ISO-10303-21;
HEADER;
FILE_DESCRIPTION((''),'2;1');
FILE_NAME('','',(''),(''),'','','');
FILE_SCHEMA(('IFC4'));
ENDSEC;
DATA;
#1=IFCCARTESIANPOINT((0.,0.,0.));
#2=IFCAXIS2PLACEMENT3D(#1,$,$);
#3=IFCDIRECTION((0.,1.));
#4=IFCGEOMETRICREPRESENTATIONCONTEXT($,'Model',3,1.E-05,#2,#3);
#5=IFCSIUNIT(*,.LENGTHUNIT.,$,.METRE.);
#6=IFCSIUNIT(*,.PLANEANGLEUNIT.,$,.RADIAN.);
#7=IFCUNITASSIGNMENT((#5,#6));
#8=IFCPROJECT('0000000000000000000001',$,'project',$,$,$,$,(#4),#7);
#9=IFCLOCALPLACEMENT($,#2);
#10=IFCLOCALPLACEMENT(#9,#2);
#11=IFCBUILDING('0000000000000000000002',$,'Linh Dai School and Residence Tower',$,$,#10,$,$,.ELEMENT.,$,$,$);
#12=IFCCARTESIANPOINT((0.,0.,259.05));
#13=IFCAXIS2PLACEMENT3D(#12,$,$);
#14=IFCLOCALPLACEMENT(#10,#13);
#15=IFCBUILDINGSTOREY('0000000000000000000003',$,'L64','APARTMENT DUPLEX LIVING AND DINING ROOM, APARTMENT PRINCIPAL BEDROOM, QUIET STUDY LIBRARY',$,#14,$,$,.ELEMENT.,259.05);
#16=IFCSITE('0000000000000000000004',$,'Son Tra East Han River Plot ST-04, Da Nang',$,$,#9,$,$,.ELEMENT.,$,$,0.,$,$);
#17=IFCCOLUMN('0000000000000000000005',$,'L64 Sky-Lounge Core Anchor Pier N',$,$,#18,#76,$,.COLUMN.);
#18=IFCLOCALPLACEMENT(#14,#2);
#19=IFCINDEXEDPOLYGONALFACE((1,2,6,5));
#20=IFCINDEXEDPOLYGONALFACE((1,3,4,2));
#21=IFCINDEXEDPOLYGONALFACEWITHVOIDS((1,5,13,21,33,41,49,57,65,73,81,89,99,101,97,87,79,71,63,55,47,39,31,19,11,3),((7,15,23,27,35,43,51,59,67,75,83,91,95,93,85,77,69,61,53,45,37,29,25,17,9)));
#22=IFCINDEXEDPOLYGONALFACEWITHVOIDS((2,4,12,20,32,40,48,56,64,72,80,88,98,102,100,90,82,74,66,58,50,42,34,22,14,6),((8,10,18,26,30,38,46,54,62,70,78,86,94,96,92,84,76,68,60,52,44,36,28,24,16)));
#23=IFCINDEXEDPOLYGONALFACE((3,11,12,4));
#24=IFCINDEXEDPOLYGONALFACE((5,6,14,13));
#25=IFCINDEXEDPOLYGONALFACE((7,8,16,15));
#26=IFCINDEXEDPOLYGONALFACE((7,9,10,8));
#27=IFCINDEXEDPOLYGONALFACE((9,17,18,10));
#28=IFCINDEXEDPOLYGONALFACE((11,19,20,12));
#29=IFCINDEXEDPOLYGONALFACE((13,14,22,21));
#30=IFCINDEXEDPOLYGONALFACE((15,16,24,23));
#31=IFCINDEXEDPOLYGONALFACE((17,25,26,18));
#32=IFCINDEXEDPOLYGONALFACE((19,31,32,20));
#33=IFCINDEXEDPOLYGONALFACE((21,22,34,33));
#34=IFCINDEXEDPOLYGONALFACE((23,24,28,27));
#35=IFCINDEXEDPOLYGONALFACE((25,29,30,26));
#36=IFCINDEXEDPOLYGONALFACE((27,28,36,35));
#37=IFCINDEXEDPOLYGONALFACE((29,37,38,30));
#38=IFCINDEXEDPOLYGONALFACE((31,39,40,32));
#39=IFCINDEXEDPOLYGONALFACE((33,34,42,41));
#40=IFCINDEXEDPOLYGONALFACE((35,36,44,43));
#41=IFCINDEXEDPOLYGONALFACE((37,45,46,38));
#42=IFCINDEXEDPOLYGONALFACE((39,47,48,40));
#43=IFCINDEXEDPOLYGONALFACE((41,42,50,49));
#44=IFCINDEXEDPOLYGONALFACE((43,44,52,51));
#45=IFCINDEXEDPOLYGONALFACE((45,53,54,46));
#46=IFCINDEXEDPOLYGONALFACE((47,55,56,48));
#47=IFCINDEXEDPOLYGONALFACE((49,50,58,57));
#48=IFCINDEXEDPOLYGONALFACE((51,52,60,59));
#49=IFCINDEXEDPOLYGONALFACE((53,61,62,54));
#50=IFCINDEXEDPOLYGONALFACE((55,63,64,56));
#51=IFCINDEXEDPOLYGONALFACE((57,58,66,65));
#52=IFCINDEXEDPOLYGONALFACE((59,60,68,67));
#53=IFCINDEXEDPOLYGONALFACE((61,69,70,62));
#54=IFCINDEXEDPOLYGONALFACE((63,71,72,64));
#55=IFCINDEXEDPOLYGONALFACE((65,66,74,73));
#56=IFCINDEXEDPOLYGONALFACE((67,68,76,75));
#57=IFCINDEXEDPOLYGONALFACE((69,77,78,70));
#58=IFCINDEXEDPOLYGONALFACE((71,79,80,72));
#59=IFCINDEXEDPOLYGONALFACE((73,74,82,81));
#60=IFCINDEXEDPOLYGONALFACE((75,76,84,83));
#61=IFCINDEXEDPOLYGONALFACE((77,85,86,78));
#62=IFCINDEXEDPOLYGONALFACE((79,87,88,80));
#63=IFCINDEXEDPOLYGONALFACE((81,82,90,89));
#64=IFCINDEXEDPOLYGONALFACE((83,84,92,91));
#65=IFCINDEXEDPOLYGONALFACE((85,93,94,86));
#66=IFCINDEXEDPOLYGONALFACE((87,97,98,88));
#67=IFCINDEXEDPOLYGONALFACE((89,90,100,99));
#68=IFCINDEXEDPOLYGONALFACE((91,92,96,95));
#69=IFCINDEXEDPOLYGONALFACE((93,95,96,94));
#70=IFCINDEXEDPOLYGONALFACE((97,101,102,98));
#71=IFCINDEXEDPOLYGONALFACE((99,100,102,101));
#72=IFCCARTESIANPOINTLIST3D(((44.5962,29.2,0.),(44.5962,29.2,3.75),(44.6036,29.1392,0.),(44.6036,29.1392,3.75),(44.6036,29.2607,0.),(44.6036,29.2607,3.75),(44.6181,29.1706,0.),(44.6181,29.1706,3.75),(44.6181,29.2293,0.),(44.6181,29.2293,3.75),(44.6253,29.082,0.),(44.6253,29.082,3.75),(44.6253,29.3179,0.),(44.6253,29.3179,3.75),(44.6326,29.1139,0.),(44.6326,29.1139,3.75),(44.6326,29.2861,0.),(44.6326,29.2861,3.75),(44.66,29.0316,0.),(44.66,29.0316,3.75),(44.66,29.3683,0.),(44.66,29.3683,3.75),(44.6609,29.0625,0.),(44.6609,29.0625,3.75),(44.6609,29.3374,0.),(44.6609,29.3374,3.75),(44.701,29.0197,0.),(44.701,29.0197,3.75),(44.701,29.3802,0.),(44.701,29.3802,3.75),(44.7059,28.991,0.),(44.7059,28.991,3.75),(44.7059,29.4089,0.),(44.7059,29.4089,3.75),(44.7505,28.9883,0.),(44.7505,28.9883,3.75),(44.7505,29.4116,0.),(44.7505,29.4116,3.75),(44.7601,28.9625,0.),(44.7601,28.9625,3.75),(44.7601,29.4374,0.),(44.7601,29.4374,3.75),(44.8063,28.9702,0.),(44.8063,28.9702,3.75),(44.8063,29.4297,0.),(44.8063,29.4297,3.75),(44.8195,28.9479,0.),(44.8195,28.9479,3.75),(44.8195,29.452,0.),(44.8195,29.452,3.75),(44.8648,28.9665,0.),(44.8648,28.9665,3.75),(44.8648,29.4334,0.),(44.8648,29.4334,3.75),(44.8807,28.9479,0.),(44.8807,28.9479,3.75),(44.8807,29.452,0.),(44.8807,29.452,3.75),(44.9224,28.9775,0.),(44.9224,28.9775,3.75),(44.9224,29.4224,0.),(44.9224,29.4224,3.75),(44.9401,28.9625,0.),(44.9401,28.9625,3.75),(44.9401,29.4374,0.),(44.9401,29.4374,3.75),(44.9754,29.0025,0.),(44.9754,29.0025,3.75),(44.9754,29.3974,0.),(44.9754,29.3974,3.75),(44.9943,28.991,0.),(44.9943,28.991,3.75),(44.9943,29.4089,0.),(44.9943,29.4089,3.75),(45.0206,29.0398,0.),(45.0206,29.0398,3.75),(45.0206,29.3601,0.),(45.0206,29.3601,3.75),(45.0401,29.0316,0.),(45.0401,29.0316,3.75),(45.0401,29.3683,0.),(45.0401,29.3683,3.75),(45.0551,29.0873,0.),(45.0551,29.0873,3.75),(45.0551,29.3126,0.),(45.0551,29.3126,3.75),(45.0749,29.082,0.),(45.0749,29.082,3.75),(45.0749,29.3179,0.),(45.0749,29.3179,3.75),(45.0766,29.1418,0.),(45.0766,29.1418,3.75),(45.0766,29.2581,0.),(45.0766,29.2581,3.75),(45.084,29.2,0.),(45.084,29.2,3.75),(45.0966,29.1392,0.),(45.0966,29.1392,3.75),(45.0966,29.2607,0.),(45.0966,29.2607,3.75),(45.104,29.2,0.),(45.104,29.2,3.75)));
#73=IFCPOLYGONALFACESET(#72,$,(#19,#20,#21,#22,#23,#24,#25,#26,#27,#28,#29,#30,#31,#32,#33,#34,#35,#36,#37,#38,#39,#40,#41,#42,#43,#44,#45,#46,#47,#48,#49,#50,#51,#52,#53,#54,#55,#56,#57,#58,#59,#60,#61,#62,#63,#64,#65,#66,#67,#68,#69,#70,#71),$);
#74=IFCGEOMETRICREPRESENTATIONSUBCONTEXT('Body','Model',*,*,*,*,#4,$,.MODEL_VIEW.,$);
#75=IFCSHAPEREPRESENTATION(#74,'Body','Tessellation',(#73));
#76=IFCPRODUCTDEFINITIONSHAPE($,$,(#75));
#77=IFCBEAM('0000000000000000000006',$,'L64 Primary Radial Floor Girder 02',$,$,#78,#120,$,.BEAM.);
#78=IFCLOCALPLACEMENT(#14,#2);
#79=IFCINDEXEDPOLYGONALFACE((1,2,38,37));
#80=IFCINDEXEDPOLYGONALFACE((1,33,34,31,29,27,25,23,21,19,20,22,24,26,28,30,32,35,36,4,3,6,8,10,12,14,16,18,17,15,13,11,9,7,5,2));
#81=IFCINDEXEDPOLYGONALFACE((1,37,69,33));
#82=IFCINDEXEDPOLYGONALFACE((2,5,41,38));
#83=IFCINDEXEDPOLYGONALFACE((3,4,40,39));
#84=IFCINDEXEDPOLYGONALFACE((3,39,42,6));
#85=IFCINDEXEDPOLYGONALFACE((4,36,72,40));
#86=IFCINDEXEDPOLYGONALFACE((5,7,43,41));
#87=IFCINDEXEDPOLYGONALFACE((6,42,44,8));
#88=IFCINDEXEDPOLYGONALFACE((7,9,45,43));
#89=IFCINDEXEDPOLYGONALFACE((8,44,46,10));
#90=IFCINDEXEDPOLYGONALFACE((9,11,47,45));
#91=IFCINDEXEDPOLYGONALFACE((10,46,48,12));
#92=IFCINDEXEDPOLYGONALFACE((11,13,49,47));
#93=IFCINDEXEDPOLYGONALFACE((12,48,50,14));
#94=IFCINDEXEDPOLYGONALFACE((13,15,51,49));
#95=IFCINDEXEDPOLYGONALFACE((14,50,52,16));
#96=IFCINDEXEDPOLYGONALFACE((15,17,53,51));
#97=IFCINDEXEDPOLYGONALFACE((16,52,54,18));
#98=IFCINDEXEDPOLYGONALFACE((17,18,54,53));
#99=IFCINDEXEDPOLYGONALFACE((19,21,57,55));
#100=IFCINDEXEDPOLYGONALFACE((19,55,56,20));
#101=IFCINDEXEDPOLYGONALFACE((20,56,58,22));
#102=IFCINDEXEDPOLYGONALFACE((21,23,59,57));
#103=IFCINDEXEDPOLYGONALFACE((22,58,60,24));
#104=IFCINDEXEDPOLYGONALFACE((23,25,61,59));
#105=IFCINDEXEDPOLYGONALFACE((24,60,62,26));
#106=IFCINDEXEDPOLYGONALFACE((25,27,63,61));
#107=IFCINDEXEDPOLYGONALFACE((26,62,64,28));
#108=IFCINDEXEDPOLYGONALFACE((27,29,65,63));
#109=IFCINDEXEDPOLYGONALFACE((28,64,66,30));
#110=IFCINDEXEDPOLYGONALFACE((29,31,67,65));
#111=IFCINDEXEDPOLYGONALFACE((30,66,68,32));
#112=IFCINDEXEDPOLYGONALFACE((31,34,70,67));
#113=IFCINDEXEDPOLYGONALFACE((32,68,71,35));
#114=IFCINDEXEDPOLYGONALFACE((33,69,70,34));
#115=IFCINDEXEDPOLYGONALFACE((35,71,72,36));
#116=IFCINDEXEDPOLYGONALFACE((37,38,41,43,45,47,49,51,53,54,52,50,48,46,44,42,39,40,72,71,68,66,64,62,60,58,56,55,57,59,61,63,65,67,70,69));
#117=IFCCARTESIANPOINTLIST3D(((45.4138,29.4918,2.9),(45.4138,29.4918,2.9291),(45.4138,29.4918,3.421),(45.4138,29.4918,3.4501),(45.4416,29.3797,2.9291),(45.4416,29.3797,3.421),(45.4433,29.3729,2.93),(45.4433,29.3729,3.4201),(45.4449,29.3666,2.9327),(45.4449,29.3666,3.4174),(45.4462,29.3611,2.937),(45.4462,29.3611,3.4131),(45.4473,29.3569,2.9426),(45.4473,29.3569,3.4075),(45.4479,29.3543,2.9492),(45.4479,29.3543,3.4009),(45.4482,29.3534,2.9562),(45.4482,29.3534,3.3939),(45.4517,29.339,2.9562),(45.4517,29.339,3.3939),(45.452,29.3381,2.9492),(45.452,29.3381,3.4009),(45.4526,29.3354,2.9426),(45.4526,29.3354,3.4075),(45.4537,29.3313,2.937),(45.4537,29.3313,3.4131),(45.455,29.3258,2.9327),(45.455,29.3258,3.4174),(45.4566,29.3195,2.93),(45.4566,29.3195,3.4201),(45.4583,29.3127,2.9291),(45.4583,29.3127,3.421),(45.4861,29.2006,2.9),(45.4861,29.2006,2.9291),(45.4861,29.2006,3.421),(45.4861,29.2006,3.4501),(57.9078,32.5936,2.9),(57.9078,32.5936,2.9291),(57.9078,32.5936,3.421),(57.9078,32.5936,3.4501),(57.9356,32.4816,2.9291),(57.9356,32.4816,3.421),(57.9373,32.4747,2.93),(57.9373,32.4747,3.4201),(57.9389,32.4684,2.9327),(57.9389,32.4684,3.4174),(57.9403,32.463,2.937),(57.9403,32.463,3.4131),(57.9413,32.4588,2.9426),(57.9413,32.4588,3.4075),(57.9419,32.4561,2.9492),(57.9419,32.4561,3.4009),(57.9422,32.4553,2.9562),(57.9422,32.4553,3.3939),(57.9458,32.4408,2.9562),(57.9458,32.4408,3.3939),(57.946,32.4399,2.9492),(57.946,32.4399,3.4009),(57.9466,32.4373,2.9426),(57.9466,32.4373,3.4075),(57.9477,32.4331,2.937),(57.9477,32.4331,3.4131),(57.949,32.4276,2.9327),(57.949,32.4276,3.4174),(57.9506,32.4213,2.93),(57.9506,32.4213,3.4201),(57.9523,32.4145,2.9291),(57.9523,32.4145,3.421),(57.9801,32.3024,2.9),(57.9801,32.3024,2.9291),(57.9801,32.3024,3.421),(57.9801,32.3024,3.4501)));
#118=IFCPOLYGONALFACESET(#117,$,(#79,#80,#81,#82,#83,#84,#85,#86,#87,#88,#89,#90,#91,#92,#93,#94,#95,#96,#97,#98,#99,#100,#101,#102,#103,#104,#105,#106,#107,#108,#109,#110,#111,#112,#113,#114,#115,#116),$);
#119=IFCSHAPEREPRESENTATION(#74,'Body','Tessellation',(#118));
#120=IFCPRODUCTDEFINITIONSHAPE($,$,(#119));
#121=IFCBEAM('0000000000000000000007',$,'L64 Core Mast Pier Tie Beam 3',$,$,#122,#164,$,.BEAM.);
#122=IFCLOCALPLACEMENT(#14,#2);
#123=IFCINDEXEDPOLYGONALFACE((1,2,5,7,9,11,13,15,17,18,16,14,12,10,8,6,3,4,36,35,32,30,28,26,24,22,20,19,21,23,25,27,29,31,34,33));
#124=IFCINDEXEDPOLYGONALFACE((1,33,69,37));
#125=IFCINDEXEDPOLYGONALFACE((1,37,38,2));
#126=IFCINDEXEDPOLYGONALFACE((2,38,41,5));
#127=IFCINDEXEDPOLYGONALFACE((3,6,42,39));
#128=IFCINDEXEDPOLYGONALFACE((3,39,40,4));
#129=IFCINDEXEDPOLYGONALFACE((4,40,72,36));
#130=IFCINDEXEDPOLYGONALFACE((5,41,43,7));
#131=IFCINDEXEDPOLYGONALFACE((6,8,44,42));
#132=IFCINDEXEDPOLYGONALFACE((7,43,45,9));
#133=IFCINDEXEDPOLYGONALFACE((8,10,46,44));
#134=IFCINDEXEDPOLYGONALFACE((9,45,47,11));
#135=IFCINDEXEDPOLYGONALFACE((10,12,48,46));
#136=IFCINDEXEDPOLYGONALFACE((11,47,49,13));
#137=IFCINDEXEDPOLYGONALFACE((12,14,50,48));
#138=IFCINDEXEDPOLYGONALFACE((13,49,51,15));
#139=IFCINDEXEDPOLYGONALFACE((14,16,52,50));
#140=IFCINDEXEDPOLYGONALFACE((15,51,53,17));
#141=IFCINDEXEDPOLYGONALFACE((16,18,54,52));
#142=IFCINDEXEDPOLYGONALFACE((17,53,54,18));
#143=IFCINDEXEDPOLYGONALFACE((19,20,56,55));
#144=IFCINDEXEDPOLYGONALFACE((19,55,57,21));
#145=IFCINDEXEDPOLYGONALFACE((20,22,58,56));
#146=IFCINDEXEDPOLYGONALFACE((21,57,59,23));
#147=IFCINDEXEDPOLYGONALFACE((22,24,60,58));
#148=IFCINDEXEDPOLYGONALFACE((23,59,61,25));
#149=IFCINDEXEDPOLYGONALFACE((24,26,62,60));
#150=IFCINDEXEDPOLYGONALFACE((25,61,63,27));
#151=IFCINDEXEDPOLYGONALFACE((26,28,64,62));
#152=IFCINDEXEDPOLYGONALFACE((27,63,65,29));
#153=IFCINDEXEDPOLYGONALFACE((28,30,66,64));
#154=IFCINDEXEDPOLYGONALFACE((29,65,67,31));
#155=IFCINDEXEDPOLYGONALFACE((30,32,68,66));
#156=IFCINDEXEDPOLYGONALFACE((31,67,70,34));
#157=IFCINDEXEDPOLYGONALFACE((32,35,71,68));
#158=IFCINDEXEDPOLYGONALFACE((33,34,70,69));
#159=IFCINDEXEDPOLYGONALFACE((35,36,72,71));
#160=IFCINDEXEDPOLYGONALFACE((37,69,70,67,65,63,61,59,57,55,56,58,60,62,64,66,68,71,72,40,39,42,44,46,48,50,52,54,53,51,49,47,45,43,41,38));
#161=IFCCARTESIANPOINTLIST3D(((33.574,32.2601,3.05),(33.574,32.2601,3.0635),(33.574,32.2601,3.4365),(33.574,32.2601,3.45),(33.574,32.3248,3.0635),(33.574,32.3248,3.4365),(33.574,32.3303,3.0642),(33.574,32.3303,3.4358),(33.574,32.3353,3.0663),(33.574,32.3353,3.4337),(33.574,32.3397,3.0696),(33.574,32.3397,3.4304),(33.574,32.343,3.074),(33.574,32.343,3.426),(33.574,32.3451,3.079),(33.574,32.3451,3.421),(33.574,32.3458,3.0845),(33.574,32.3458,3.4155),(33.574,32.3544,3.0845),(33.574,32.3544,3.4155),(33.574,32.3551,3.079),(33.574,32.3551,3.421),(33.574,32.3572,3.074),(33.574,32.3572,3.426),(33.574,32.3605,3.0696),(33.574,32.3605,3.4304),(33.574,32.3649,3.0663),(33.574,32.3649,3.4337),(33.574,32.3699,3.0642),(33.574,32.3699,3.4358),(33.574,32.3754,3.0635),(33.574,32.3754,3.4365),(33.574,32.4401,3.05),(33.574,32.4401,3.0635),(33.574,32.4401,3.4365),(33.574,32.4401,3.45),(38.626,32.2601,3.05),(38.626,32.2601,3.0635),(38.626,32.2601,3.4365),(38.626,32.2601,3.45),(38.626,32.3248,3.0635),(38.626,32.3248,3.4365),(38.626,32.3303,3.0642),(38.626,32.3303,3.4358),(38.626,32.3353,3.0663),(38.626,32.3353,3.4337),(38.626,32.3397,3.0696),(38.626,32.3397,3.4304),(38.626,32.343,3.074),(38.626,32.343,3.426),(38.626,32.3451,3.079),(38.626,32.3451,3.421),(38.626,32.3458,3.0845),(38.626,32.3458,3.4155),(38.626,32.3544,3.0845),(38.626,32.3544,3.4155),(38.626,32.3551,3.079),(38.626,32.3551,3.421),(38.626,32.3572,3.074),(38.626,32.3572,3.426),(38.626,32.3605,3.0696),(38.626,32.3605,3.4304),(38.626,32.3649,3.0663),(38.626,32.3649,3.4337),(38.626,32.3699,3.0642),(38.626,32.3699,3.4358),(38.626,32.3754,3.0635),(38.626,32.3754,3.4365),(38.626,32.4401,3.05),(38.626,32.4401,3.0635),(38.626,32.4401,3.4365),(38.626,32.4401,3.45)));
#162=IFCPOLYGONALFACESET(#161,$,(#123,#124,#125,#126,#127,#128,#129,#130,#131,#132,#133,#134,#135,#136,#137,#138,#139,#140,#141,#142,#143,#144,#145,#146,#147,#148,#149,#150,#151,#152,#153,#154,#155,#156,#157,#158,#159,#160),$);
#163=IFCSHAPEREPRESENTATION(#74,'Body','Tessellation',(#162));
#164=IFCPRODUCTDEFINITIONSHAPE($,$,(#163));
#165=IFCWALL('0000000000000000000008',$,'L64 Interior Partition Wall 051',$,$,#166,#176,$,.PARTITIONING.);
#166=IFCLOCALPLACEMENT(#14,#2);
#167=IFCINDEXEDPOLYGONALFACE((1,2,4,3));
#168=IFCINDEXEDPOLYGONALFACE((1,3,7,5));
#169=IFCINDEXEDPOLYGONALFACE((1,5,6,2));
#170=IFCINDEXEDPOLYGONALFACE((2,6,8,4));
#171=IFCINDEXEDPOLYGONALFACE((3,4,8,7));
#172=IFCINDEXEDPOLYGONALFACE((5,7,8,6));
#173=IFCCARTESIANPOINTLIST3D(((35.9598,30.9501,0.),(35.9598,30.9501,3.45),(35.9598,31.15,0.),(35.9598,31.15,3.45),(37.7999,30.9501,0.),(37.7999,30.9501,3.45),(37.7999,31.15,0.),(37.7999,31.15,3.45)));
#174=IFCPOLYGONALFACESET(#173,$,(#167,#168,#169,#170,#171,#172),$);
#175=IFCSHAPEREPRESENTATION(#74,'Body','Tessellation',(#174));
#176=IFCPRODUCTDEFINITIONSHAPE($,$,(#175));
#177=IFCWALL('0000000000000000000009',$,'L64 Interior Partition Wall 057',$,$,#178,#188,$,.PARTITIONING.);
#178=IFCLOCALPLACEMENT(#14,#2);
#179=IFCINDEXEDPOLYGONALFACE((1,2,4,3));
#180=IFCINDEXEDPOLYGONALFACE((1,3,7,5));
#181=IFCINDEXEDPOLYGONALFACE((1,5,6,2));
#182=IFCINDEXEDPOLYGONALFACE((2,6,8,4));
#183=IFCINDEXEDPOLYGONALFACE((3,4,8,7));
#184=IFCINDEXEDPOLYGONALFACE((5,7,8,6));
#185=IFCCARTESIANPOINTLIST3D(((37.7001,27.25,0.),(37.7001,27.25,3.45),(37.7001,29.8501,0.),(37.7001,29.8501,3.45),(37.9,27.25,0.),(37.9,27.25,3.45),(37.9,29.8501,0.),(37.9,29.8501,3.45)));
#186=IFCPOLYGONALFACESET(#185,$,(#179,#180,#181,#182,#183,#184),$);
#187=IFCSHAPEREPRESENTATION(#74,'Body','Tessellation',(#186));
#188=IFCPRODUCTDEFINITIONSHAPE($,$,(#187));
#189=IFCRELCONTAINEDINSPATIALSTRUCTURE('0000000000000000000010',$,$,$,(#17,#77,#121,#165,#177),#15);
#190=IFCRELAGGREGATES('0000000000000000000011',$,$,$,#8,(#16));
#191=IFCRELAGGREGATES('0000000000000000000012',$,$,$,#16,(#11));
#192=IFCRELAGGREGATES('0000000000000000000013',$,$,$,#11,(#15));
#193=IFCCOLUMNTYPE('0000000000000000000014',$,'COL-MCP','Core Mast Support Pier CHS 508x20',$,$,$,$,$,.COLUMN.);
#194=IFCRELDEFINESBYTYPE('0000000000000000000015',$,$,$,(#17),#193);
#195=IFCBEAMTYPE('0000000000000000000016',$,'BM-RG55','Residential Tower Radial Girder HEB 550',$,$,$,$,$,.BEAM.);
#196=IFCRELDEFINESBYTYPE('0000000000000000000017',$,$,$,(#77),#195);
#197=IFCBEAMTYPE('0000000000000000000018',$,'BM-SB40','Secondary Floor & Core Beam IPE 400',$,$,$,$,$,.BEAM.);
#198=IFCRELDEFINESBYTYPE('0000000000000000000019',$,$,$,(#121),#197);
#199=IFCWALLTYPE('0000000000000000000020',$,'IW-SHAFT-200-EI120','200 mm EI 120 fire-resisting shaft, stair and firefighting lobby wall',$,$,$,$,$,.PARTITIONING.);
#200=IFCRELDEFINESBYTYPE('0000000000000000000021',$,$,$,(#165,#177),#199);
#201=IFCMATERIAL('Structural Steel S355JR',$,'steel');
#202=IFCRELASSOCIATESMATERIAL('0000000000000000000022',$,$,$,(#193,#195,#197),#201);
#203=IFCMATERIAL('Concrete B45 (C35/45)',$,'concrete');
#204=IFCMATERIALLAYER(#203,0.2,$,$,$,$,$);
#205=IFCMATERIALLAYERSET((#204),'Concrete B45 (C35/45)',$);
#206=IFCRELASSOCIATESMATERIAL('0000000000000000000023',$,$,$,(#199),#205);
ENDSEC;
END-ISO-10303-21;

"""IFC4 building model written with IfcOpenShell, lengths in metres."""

from ifc_helpers import new_model, si_unit, direction, frame, frame_2d, origin, origin_2d, place, context, subcontext, project, spatial, rectangle, hollow_circle, i_section, extrude, material, layer, layer_set, material_profile, profile_set, type_object, element, save


model = new_model("IFC4")

# Units and contexts
model_context = context("Model", 3, precision=1e-05, world=origin(), true_north=direction((0.0, 1.0)))
body_context = subcontext(model_context, "Body", "Model", "MODEL_VIEW")
ifc_project = project(units=[si_unit("LENGTHUNIT", "METRE"), si_unit("PLANEANGLEUNIT", "RADIAN")], contexts=[model_context])

# Site, building, storey
site_placement = place(None, origin())
site = spatial("IfcSite", under=ifc_project, at=site_placement, Name="Son Tra East Han River Plot ST-04, Da Nang", CompositionType="ELEMENT", RefElevation=0.0)
building_placement = place(site_placement, origin())
building = spatial("IfcBuilding", under=site, at=building_placement, Name="Linh Dai School and Residence Tower", CompositionType="ELEMENT")
storey_placement = place(building_placement, frame((0.0, 0.0, 259.05)))
storey = spatial("IfcBuildingStorey", under=building, at=storey_placement, Name="L64", Description="APARTMENT DUPLEX LIVING AND DINING ROOM, APARTMENT PRINCIPAL BEDROOM, QUIET STUDY LIBRARY", CompositionType="ELEMENT", Elevation=259.05)

# Column
ifc_material_1 = material(Name="Structural Steel S355JR", Category="steel")
ifc_material_profile_1 = material_profile(ifc_material_1, hollow_circle(Radius=0.2539, WallThickness=0.02, at=origin_2d()), Name="CHS 508x20")
ifc_profile_set_1 = profile_set([ifc_material_profile_1], Name="Structural Steel S355JR")
column_type_1 = type_object("IfcColumnType", Name="COL-MCP", Description="Core Mast Support Pier CHS 508x20", PredefinedType="COLUMN", material=ifc_profile_set_1)
column_placement = place(storey_placement, frame((44.8501, 29.2, 0.0), z_axis=(0.0, 0.0, 1.0), x_axis=(1.0, 0.0, 0.0)))
element("IfcColumn", 1, at=column_placement, inside=storey, type_object=column_type_1, Name="L64 Sky-Lounge Core Anchor Pier N", PredefinedType="COLUMN", context=body_context, shape_type="SweptSolid", body=[
    extrude(hollow_circle(Radius=0.2539, WallThickness=0.02, at=origin_2d()), origin(), (0.0, 0.0, 1.0), 3.75),
])

# Beams
ifc_material_profile_2 = material_profile(ifc_material_1, i_section(OverallWidth=0.3, OverallDepth=0.55, WebThickness=0.0149, FlangeThickness=0.0291, FilletRadius=0.0271, at=origin_2d()), Name="HEB 550")
ifc_profile_set_2 = profile_set([ifc_material_profile_2], Name="Structural Steel S355JR")
beam_type_1 = type_object("IfcBeamType", Name="BM-RG55", Description="Residential Tower Radial Girder HEB 550", PredefinedType="BEAM", material=ifc_profile_set_2)
beam_1_placement = place(storey_placement, frame((45.45, 29.3462, 3.175), z_axis=(0.970537, 0.240951, 0.0), x_axis=(-0.240951, 0.970537, 0.0)))
element("IfcBeam", 2, at=beam_1_placement, inside=storey, type_object=beam_type_1, Name="L64 Primary Radial Floor Girder 02", PredefinedType="BEAM", context=body_context, shape_type="SweptSolid", body=[
    extrude(i_section(OverallWidth=0.3, OverallDepth=0.55, WebThickness=0.0149, FlangeThickness=0.0291, FilletRadius=0.0271, at=origin_2d()), origin(), (0.0, 0.0, 1.0), 12.8733),
])
ifc_material_profile_3 = material_profile(ifc_material_1, i_section(OverallWidth=0.1799, OverallDepth=0.3999, WebThickness=0.0085, FlangeThickness=0.0134, FilletRadius=0.021, at=origin_2d()), Name="IPE 400")
ifc_profile_set_3 = profile_set([ifc_material_profile_3], Name="Structural Steel S355JR")
beam_type_2 = type_object("IfcBeamType", Name="BM-SB40", Description="Secondary Floor & Core Beam IPE 400", PredefinedType="BEAM", material=ifc_profile_set_3)
beam_2_placement = place(storey_placement, frame((38.626, 32.3501, 3.25), z_axis=(-1.0, 0.0, 0.0), x_axis=(0.0, -1.0, 0.0)))
element("IfcBeam", 3, at=beam_2_placement, inside=storey, type_object=beam_type_2, Name="L64 Core Mast Pier Tie Beam 3", PredefinedType="BEAM", context=body_context, shape_type="SweptSolid", body=[
    extrude(i_section(OverallWidth=0.1799, OverallDepth=0.3999, WebThickness=0.0085, FlangeThickness=0.0134, FilletRadius=0.021, at=origin_2d()), origin(), (0.0, 0.0, 1.0), 5.052),
])

# Shared definitions
ifc_material_2 = material(Name="Concrete B45 (C35/45)", Category="concrete")
ifc_layer_1 = layer(ifc_material_2, 0.2)
ifc_layer_set_1 = layer_set([ifc_layer_1], Name="Concrete B45 (C35/45)")
wall_type_1 = type_object("IfcWallType", Name="IW-SHAFT-200-EI120", Description="200 mm EI 120 fire-resisting shaft, stair and firefighting lobby wall", PredefinedType="PARTITIONING", material=ifc_layer_set_1)

# Walls
wall_1_placement = place(storey_placement, frame((35.96, 31.05, 0.0), z_axis=(0.0, 0.0, 1.0), x_axis=(1.0, 0.0, 0.0)))
element("IfcWall", 4, at=wall_1_placement, inside=storey, type_object=wall_type_1, Name="L64 Interior Partition Wall 051", PredefinedType="PARTITIONING", context=body_context, shape_type="SweptSolid", body=[
    extrude(rectangle(XDim=1.8401, YDim=0.2, at=frame_2d((0.9199, 0.0))), origin(), (0.0, 0.0, 1.0), 3.45),
])
wall_2_placement = place(storey_placement, frame((37.8, 27.25, 0.0), z_axis=(0.0, 0.0, 1.0), x_axis=(0.0, 1.0, 0.0)))
element("IfcWall", 5, at=wall_2_placement, inside=storey, type_object=wall_type_1, Name="L64 Interior Partition Wall 057", PredefinedType="PARTITIONING", context=body_context, shape_type="SweptSolid", body=[
    extrude(rectangle(XDim=2.6001, YDim=0.2, at=frame_2d((1.3, 0.0))), origin(), (0.0, 0.0, 1.0), 3.45),
])

save(model, "model.ifc")
